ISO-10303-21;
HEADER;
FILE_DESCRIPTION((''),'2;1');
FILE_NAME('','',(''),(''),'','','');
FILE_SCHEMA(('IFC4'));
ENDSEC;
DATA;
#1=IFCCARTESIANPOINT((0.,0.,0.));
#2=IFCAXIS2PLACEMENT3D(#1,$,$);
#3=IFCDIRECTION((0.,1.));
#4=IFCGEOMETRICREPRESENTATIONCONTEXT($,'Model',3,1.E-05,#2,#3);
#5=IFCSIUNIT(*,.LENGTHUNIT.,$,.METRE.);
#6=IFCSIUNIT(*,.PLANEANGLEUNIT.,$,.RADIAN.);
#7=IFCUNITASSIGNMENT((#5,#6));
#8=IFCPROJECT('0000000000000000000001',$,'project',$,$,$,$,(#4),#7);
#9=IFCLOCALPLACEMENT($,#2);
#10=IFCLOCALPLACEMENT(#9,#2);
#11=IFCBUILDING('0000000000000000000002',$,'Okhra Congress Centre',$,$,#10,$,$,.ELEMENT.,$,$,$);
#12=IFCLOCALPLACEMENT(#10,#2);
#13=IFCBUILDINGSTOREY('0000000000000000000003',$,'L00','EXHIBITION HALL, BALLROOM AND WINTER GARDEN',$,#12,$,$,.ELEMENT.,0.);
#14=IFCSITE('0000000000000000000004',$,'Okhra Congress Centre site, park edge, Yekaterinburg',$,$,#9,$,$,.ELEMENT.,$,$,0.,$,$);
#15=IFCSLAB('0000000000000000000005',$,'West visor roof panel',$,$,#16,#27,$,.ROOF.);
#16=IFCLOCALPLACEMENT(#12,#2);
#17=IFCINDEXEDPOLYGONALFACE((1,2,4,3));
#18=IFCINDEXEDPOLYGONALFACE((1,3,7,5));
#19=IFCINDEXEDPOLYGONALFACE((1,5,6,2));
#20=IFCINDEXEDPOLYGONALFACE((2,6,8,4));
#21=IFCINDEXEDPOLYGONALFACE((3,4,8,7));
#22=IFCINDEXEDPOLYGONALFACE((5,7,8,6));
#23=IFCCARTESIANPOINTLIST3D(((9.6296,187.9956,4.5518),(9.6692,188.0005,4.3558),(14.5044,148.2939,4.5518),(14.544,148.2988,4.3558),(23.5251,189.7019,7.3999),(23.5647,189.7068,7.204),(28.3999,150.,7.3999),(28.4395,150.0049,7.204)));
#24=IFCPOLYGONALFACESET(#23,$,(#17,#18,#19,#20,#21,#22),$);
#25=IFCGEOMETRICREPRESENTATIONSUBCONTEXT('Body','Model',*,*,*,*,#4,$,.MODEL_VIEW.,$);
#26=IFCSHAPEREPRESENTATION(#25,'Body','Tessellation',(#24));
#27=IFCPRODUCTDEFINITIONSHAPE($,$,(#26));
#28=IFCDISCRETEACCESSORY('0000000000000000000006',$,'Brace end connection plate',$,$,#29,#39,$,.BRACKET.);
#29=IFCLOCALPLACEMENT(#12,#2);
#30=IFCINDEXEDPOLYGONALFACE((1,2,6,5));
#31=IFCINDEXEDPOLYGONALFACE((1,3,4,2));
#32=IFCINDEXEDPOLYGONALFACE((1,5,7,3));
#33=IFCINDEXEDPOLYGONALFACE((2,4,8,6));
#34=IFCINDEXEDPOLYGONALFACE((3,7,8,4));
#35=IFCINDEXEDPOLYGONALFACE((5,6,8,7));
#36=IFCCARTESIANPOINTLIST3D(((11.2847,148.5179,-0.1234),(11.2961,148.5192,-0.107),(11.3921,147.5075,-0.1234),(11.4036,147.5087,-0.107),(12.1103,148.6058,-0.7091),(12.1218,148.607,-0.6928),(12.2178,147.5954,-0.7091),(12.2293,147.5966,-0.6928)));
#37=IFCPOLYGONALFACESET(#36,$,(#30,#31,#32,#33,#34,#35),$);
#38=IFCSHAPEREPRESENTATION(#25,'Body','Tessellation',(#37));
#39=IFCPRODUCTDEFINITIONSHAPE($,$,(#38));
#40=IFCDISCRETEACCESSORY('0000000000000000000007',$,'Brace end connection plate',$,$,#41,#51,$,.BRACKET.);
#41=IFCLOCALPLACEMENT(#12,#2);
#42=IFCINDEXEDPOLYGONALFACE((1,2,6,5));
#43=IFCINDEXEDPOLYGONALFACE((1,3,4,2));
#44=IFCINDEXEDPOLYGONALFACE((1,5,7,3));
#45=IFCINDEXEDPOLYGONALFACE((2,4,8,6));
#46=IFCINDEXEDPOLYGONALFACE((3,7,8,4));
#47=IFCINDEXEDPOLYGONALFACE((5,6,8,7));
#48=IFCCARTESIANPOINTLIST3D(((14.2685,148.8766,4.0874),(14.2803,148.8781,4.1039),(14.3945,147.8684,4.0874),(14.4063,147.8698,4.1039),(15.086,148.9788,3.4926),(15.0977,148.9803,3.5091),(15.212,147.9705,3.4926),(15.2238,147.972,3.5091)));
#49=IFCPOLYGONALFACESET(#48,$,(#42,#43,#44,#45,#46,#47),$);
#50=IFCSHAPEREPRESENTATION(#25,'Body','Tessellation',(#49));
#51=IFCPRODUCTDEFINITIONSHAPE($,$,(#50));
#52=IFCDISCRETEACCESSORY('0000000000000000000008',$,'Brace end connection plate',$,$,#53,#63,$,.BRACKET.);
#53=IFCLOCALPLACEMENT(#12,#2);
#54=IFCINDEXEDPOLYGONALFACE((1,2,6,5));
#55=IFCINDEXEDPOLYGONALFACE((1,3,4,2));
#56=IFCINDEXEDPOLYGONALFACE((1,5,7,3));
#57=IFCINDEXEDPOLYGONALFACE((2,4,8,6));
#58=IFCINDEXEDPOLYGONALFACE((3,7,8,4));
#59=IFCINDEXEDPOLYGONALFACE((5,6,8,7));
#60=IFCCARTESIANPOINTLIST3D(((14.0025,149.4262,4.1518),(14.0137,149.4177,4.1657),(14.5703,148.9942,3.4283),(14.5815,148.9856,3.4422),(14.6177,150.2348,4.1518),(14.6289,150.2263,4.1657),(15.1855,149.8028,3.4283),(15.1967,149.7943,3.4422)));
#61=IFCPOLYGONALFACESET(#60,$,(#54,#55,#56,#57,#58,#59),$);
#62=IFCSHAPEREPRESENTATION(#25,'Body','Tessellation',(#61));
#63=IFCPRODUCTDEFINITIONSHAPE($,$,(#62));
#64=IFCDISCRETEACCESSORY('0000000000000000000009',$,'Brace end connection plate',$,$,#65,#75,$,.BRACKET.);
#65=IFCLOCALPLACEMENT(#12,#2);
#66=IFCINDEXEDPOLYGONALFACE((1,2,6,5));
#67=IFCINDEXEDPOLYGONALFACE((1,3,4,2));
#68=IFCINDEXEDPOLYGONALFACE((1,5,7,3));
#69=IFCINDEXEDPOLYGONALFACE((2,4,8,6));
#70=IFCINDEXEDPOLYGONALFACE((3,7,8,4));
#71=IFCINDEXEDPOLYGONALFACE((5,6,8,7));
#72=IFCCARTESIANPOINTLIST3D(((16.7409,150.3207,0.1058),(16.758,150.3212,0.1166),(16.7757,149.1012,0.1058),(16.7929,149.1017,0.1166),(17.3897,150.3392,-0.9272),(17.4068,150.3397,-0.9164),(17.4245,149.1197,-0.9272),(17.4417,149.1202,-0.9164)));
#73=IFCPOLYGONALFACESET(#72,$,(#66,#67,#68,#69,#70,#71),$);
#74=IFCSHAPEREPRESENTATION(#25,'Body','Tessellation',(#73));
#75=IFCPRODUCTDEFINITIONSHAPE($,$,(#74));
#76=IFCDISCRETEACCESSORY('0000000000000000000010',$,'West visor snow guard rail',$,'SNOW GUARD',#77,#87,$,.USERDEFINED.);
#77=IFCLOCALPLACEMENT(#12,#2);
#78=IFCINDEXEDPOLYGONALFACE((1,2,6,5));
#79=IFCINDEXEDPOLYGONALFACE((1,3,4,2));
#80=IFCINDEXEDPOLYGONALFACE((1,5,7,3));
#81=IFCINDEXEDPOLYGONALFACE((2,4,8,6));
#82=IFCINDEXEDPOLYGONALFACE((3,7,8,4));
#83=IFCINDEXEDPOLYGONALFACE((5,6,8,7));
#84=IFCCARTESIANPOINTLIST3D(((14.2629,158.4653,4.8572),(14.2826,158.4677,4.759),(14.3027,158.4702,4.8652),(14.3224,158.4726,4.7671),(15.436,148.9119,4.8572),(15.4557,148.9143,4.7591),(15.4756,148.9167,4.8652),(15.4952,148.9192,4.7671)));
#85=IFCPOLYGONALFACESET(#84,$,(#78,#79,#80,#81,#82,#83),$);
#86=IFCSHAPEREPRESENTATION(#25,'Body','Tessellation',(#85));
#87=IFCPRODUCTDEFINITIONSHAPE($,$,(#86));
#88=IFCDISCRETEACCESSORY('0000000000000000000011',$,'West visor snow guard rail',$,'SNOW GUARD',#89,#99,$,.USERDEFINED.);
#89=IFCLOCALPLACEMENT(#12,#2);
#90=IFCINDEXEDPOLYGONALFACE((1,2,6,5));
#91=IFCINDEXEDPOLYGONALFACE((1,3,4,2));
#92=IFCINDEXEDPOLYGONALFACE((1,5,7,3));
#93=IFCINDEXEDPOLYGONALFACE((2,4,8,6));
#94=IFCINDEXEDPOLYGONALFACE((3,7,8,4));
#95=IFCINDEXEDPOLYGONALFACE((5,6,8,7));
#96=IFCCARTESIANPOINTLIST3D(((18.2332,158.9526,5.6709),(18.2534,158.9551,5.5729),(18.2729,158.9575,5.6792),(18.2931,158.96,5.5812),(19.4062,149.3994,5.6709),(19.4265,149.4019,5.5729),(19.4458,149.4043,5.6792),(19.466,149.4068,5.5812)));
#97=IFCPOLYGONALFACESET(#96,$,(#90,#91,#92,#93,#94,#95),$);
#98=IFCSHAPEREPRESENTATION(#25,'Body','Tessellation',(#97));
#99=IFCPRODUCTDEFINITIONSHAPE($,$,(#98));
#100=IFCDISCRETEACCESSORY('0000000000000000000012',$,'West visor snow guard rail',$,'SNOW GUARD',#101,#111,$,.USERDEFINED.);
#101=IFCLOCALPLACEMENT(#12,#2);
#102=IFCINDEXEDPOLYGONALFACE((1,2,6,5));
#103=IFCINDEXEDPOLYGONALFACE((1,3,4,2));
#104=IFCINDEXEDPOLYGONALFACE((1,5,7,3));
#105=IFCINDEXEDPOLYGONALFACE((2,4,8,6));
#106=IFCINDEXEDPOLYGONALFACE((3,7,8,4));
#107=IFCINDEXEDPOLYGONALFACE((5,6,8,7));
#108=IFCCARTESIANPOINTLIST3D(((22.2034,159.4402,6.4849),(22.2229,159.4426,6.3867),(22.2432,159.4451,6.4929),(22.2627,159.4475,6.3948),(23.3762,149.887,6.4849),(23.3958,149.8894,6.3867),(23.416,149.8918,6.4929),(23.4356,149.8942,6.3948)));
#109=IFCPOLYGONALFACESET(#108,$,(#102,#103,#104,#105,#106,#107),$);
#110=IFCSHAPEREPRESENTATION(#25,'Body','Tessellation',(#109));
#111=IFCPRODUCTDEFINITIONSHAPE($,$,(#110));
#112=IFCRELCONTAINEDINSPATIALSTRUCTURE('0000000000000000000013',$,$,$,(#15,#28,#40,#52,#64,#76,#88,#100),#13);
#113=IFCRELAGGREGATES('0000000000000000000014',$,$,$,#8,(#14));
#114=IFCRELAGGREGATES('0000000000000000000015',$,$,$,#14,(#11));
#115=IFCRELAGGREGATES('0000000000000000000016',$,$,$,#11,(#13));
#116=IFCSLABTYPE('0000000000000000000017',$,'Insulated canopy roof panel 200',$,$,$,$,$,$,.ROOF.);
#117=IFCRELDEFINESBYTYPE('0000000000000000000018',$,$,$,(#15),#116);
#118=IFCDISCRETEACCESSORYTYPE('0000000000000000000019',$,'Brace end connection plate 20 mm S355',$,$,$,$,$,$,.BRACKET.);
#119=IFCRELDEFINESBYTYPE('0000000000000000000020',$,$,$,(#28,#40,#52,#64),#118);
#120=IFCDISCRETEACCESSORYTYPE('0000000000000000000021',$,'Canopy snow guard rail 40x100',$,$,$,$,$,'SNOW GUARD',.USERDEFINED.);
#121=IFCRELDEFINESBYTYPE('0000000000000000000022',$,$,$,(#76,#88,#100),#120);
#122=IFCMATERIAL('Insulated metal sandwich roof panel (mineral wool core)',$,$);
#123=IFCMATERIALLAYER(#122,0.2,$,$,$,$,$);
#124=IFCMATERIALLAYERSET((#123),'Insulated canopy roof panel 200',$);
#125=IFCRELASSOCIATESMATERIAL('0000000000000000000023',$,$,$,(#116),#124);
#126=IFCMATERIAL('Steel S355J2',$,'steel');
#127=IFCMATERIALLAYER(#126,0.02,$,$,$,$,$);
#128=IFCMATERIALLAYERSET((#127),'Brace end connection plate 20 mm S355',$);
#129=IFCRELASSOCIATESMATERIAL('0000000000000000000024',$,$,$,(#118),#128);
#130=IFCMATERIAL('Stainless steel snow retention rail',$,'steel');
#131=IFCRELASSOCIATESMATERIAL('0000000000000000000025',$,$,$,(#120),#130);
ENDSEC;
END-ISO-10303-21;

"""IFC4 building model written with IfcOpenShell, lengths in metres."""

from ifc_helpers import new_model, si_unit, direction, frame, origin, origin_2d, place, context, subcontext, project, spatial, polyline, rectangle, outline, extrude, material, layer, layer_set, type_object, element, save


model = new_model("IFC4")

# Units and contexts
model_context = context("Model", 3, precision=1e-05, world=origin(), true_north=direction((0.0, 1.0)))
body_context = subcontext(model_context, "Body", "Model", "MODEL_VIEW")
ifc_project = project(units=[si_unit("LENGTHUNIT", "METRE"), si_unit("PLANEANGLEUNIT", "RADIAN")], contexts=[model_context])

# Site, building, storey
site_placement = place(None, origin())
site = spatial("IfcSite", under=ifc_project, at=site_placement, Name="Okhra Congress Centre site, park edge, Yekaterinburg", CompositionType="ELEMENT", RefElevation=0.0)
building_placement = place(site_placement, origin())
building = spatial("IfcBuilding", under=site, at=building_placement, Name="Okhra Congress Centre", CompositionType="ELEMENT")
storey_placement = place(building_placement, origin())
storey = spatial("IfcBuildingStorey", under=building, at=storey_placement, Name="L00", Description="EXHIBITION HALL, BALLROOM AND WINTER GARDEN", CompositionType="ELEMENT", Elevation=0.0)

# Slab
ifc_material_1 = material(Name="Insulated metal sandwich roof panel (mineral wool core)")
ifc_layer_1 = layer(ifc_material_1, 0.2)
ifc_layer_set_1 = layer_set([ifc_layer_1], Name="Insulated canopy roof panel 200")
slab_type = type_object("IfcSlabType", Name="Insulated canopy roof panel 200", PredefinedType="ROOF", material=ifc_layer_set_1)
slab_placement = place(storey_placement, frame((14.5044, 148.2939, 4.5518), z_axis=(-0.197871, -0.024295, 0.979927), x_axis=(-0.121869, 0.992546, 0.0)))
element("IfcSlab", 1, at=slab_placement, inside=storey, type_object=slab_type, Name="West visor roof panel", PredefinedType="ROOF", context=body_context, shape_type="SweptSolid", body=[
    extrude(outline(polyline([(0.0, 0.0), (39.9998, 0.0), (40.0, -14.2867), (-0.0001, -14.2866), (0.0, 0.0)])), origin(), (0.0, 0.0, -1.0), 0.2),
])

# Discrete accessories
ifc_material_2 = material(Name="Steel S355J2", Category="steel")
ifc_layer_2 = layer(ifc_material_2, 0.02)
ifc_layer_set_2 = layer_set([ifc_layer_2], Name="Brace end connection plate 20 mm S355")
discrete_accessory_type_1 = type_object("IfcDiscreteAccessoryType", Name="Brace end connection plate 20 mm S355", PredefinedType="BRACKET", material=ifc_layer_set_2)
discrete_accessory_1_placement = place(storey_placement, frame((11.7627, 148.0579, -0.3999), z_axis=(-0.573213, -0.06098, -0.817134), x_axis=(0.105786, -0.994389, 0.0)))
element("IfcDiscreteAccessory", 2, at=discrete_accessory_1_placement, inside=storey, type_object=discrete_accessory_type_1, Name="Brace end connection plate", PredefinedType="BRACKET", context=body_context, shape_type="SweptSolid", body=[
    extrude(rectangle(XDim=1.0161, YDim=1.0161, at=origin_2d()), origin(), (0.0, 0.0, 1.0), 0.02),
])
discrete_accessory_2_placement = place(storey_placement, frame((14.7402, 148.4236, 3.79), z_axis=(0.580848, 0.072606, 0.810767), x_axis=(-0.124035, 0.992278, 0.0)))
element("IfcDiscreteAccessory", 3, at=discrete_accessory_2_placement, inside=storey, type_object=discrete_accessory_type_1, Name="Brace end connection plate", PredefinedType="BRACKET", context=body_context, shape_type="SweptSolid", body=[
    extrude(rectangle(XDim=1.0161, YDim=1.0161, at=origin_2d()), origin(), (0.0, 0.0, 1.0), 0.0203),
])
discrete_accessory_3_placement = place(storey_placement, frame((14.594, 149.6145, 3.79), z_axis=(0.56665, -0.431147, 0.702154), x_axis=(0.605522, 0.795829, 0.0)))
element("IfcDiscreteAccessory", 4, at=discrete_accessory_3_placement, inside=storey, type_object=discrete_accessory_type_1, Name="Brace end connection plate", PredefinedType="BRACKET", context=body_context, shape_type="SweptSolid", body=[
    extrude(rectangle(XDim=1.0161, YDim=1.0161, at=origin_2d()), origin(), (0.0, 0.0, 1.0), 0.0198),
])
discrete_accessory_4_placement = place(storey_placement, frame((17.0999, 149.7207, -0.3999), z_axis=(-0.846389, -0.024183, -0.532016), x_axis=(0.02856, -0.999592, 0.0)))
element("IfcDiscreteAccessory", 5, at=discrete_accessory_4_placement, inside=storey, type_object=discrete_accessory_type_1, Name="Brace end connection plate", PredefinedType="BRACKET", context=body_context, shape_type="SweptSolid", body=[
    extrude(rectangle(XDim=1.22, YDim=1.22, at=origin_2d()), origin(), (0.0, 0.0, 1.0), 0.0203),
])
ifc_material_3 = material(Name="Stainless steel snow retention rail", Category="steel")
discrete_accessory_type_2 = type_object("IfcDiscreteAccessoryType", Name="Canopy snow guard rail 40x100", ElementType="SNOW GUARD", PredefinedType="USERDEFINED", material=ifc_material_3)
discrete_accessory_5_placement = place(storey_placement, frame((15.436, 148.9119, 4.8572), z_axis=(-0.19611, -0.024078, 0.980286), x_axis=(-0.121877, 0.992545, -0.000002)))
element("IfcDiscreteAccessory", 6, at=discrete_accessory_5_placement, inside=storey, type_object=discrete_accessory_type_2, Name="West visor snow guard rail", ObjectType="SNOW GUARD", PredefinedType="USERDEFINED", context=body_context, shape_type="SweptSolid", body=[
    extrude(outline(polyline([(0.0, 0.0), (9.6252, 0.0), (9.6252, -0.0409), (0.0, -0.0407), (0.0, 0.0)])), origin(), (0.0, 0.0, -1.0), 0.1001),
])
discrete_accessory_6_placement = place(storey_placement, frame((19.4062, 149.3994, 5.6709), z_axis=(-0.20181, -0.024779, 0.979111), x_axis=(-0.12188, 0.992545, -0.000003)))
element("IfcDiscreteAccessory", 7, at=discrete_accessory_6_placement, inside=storey, type_object=discrete_accessory_type_2, Name="West visor snow guard rail", ObjectType="SNOW GUARD", PredefinedType="USERDEFINED", context=body_context, shape_type="SweptSolid", body=[
    extrude(outline(polyline([(0.0, 0.0), (9.625, 0.0), (9.625, -0.0409), (0.0, -0.0407), (0.0, 0.0)])), origin(), (0.0, 0.0, -1.0), 0.1001),
])
discrete_accessory_7_placement = place(storey_placement, frame((23.3762, 149.887, 6.4849), z_axis=(-0.195541, -0.024007, 0.980402), x_axis=(-0.121855, 0.992548, 0.0)))
element("IfcDiscreteAccessory", 8, at=discrete_accessory_7_placement, inside=storey, type_object=discrete_accessory_type_2, Name="West visor snow guard rail", ObjectType="SNOW GUARD", PredefinedType="USERDEFINED", context=body_context, shape_type="SweptSolid", body=[
    extrude(outline(polyline([(0.0, 0.0), (9.6249, 0.0), (9.6249, -0.0409), (0.0, -0.0409), (0.0, 0.0)])), origin(), (0.0, 0.0, -1.0), 0.1001),
])

save(model, "model.ifc")
